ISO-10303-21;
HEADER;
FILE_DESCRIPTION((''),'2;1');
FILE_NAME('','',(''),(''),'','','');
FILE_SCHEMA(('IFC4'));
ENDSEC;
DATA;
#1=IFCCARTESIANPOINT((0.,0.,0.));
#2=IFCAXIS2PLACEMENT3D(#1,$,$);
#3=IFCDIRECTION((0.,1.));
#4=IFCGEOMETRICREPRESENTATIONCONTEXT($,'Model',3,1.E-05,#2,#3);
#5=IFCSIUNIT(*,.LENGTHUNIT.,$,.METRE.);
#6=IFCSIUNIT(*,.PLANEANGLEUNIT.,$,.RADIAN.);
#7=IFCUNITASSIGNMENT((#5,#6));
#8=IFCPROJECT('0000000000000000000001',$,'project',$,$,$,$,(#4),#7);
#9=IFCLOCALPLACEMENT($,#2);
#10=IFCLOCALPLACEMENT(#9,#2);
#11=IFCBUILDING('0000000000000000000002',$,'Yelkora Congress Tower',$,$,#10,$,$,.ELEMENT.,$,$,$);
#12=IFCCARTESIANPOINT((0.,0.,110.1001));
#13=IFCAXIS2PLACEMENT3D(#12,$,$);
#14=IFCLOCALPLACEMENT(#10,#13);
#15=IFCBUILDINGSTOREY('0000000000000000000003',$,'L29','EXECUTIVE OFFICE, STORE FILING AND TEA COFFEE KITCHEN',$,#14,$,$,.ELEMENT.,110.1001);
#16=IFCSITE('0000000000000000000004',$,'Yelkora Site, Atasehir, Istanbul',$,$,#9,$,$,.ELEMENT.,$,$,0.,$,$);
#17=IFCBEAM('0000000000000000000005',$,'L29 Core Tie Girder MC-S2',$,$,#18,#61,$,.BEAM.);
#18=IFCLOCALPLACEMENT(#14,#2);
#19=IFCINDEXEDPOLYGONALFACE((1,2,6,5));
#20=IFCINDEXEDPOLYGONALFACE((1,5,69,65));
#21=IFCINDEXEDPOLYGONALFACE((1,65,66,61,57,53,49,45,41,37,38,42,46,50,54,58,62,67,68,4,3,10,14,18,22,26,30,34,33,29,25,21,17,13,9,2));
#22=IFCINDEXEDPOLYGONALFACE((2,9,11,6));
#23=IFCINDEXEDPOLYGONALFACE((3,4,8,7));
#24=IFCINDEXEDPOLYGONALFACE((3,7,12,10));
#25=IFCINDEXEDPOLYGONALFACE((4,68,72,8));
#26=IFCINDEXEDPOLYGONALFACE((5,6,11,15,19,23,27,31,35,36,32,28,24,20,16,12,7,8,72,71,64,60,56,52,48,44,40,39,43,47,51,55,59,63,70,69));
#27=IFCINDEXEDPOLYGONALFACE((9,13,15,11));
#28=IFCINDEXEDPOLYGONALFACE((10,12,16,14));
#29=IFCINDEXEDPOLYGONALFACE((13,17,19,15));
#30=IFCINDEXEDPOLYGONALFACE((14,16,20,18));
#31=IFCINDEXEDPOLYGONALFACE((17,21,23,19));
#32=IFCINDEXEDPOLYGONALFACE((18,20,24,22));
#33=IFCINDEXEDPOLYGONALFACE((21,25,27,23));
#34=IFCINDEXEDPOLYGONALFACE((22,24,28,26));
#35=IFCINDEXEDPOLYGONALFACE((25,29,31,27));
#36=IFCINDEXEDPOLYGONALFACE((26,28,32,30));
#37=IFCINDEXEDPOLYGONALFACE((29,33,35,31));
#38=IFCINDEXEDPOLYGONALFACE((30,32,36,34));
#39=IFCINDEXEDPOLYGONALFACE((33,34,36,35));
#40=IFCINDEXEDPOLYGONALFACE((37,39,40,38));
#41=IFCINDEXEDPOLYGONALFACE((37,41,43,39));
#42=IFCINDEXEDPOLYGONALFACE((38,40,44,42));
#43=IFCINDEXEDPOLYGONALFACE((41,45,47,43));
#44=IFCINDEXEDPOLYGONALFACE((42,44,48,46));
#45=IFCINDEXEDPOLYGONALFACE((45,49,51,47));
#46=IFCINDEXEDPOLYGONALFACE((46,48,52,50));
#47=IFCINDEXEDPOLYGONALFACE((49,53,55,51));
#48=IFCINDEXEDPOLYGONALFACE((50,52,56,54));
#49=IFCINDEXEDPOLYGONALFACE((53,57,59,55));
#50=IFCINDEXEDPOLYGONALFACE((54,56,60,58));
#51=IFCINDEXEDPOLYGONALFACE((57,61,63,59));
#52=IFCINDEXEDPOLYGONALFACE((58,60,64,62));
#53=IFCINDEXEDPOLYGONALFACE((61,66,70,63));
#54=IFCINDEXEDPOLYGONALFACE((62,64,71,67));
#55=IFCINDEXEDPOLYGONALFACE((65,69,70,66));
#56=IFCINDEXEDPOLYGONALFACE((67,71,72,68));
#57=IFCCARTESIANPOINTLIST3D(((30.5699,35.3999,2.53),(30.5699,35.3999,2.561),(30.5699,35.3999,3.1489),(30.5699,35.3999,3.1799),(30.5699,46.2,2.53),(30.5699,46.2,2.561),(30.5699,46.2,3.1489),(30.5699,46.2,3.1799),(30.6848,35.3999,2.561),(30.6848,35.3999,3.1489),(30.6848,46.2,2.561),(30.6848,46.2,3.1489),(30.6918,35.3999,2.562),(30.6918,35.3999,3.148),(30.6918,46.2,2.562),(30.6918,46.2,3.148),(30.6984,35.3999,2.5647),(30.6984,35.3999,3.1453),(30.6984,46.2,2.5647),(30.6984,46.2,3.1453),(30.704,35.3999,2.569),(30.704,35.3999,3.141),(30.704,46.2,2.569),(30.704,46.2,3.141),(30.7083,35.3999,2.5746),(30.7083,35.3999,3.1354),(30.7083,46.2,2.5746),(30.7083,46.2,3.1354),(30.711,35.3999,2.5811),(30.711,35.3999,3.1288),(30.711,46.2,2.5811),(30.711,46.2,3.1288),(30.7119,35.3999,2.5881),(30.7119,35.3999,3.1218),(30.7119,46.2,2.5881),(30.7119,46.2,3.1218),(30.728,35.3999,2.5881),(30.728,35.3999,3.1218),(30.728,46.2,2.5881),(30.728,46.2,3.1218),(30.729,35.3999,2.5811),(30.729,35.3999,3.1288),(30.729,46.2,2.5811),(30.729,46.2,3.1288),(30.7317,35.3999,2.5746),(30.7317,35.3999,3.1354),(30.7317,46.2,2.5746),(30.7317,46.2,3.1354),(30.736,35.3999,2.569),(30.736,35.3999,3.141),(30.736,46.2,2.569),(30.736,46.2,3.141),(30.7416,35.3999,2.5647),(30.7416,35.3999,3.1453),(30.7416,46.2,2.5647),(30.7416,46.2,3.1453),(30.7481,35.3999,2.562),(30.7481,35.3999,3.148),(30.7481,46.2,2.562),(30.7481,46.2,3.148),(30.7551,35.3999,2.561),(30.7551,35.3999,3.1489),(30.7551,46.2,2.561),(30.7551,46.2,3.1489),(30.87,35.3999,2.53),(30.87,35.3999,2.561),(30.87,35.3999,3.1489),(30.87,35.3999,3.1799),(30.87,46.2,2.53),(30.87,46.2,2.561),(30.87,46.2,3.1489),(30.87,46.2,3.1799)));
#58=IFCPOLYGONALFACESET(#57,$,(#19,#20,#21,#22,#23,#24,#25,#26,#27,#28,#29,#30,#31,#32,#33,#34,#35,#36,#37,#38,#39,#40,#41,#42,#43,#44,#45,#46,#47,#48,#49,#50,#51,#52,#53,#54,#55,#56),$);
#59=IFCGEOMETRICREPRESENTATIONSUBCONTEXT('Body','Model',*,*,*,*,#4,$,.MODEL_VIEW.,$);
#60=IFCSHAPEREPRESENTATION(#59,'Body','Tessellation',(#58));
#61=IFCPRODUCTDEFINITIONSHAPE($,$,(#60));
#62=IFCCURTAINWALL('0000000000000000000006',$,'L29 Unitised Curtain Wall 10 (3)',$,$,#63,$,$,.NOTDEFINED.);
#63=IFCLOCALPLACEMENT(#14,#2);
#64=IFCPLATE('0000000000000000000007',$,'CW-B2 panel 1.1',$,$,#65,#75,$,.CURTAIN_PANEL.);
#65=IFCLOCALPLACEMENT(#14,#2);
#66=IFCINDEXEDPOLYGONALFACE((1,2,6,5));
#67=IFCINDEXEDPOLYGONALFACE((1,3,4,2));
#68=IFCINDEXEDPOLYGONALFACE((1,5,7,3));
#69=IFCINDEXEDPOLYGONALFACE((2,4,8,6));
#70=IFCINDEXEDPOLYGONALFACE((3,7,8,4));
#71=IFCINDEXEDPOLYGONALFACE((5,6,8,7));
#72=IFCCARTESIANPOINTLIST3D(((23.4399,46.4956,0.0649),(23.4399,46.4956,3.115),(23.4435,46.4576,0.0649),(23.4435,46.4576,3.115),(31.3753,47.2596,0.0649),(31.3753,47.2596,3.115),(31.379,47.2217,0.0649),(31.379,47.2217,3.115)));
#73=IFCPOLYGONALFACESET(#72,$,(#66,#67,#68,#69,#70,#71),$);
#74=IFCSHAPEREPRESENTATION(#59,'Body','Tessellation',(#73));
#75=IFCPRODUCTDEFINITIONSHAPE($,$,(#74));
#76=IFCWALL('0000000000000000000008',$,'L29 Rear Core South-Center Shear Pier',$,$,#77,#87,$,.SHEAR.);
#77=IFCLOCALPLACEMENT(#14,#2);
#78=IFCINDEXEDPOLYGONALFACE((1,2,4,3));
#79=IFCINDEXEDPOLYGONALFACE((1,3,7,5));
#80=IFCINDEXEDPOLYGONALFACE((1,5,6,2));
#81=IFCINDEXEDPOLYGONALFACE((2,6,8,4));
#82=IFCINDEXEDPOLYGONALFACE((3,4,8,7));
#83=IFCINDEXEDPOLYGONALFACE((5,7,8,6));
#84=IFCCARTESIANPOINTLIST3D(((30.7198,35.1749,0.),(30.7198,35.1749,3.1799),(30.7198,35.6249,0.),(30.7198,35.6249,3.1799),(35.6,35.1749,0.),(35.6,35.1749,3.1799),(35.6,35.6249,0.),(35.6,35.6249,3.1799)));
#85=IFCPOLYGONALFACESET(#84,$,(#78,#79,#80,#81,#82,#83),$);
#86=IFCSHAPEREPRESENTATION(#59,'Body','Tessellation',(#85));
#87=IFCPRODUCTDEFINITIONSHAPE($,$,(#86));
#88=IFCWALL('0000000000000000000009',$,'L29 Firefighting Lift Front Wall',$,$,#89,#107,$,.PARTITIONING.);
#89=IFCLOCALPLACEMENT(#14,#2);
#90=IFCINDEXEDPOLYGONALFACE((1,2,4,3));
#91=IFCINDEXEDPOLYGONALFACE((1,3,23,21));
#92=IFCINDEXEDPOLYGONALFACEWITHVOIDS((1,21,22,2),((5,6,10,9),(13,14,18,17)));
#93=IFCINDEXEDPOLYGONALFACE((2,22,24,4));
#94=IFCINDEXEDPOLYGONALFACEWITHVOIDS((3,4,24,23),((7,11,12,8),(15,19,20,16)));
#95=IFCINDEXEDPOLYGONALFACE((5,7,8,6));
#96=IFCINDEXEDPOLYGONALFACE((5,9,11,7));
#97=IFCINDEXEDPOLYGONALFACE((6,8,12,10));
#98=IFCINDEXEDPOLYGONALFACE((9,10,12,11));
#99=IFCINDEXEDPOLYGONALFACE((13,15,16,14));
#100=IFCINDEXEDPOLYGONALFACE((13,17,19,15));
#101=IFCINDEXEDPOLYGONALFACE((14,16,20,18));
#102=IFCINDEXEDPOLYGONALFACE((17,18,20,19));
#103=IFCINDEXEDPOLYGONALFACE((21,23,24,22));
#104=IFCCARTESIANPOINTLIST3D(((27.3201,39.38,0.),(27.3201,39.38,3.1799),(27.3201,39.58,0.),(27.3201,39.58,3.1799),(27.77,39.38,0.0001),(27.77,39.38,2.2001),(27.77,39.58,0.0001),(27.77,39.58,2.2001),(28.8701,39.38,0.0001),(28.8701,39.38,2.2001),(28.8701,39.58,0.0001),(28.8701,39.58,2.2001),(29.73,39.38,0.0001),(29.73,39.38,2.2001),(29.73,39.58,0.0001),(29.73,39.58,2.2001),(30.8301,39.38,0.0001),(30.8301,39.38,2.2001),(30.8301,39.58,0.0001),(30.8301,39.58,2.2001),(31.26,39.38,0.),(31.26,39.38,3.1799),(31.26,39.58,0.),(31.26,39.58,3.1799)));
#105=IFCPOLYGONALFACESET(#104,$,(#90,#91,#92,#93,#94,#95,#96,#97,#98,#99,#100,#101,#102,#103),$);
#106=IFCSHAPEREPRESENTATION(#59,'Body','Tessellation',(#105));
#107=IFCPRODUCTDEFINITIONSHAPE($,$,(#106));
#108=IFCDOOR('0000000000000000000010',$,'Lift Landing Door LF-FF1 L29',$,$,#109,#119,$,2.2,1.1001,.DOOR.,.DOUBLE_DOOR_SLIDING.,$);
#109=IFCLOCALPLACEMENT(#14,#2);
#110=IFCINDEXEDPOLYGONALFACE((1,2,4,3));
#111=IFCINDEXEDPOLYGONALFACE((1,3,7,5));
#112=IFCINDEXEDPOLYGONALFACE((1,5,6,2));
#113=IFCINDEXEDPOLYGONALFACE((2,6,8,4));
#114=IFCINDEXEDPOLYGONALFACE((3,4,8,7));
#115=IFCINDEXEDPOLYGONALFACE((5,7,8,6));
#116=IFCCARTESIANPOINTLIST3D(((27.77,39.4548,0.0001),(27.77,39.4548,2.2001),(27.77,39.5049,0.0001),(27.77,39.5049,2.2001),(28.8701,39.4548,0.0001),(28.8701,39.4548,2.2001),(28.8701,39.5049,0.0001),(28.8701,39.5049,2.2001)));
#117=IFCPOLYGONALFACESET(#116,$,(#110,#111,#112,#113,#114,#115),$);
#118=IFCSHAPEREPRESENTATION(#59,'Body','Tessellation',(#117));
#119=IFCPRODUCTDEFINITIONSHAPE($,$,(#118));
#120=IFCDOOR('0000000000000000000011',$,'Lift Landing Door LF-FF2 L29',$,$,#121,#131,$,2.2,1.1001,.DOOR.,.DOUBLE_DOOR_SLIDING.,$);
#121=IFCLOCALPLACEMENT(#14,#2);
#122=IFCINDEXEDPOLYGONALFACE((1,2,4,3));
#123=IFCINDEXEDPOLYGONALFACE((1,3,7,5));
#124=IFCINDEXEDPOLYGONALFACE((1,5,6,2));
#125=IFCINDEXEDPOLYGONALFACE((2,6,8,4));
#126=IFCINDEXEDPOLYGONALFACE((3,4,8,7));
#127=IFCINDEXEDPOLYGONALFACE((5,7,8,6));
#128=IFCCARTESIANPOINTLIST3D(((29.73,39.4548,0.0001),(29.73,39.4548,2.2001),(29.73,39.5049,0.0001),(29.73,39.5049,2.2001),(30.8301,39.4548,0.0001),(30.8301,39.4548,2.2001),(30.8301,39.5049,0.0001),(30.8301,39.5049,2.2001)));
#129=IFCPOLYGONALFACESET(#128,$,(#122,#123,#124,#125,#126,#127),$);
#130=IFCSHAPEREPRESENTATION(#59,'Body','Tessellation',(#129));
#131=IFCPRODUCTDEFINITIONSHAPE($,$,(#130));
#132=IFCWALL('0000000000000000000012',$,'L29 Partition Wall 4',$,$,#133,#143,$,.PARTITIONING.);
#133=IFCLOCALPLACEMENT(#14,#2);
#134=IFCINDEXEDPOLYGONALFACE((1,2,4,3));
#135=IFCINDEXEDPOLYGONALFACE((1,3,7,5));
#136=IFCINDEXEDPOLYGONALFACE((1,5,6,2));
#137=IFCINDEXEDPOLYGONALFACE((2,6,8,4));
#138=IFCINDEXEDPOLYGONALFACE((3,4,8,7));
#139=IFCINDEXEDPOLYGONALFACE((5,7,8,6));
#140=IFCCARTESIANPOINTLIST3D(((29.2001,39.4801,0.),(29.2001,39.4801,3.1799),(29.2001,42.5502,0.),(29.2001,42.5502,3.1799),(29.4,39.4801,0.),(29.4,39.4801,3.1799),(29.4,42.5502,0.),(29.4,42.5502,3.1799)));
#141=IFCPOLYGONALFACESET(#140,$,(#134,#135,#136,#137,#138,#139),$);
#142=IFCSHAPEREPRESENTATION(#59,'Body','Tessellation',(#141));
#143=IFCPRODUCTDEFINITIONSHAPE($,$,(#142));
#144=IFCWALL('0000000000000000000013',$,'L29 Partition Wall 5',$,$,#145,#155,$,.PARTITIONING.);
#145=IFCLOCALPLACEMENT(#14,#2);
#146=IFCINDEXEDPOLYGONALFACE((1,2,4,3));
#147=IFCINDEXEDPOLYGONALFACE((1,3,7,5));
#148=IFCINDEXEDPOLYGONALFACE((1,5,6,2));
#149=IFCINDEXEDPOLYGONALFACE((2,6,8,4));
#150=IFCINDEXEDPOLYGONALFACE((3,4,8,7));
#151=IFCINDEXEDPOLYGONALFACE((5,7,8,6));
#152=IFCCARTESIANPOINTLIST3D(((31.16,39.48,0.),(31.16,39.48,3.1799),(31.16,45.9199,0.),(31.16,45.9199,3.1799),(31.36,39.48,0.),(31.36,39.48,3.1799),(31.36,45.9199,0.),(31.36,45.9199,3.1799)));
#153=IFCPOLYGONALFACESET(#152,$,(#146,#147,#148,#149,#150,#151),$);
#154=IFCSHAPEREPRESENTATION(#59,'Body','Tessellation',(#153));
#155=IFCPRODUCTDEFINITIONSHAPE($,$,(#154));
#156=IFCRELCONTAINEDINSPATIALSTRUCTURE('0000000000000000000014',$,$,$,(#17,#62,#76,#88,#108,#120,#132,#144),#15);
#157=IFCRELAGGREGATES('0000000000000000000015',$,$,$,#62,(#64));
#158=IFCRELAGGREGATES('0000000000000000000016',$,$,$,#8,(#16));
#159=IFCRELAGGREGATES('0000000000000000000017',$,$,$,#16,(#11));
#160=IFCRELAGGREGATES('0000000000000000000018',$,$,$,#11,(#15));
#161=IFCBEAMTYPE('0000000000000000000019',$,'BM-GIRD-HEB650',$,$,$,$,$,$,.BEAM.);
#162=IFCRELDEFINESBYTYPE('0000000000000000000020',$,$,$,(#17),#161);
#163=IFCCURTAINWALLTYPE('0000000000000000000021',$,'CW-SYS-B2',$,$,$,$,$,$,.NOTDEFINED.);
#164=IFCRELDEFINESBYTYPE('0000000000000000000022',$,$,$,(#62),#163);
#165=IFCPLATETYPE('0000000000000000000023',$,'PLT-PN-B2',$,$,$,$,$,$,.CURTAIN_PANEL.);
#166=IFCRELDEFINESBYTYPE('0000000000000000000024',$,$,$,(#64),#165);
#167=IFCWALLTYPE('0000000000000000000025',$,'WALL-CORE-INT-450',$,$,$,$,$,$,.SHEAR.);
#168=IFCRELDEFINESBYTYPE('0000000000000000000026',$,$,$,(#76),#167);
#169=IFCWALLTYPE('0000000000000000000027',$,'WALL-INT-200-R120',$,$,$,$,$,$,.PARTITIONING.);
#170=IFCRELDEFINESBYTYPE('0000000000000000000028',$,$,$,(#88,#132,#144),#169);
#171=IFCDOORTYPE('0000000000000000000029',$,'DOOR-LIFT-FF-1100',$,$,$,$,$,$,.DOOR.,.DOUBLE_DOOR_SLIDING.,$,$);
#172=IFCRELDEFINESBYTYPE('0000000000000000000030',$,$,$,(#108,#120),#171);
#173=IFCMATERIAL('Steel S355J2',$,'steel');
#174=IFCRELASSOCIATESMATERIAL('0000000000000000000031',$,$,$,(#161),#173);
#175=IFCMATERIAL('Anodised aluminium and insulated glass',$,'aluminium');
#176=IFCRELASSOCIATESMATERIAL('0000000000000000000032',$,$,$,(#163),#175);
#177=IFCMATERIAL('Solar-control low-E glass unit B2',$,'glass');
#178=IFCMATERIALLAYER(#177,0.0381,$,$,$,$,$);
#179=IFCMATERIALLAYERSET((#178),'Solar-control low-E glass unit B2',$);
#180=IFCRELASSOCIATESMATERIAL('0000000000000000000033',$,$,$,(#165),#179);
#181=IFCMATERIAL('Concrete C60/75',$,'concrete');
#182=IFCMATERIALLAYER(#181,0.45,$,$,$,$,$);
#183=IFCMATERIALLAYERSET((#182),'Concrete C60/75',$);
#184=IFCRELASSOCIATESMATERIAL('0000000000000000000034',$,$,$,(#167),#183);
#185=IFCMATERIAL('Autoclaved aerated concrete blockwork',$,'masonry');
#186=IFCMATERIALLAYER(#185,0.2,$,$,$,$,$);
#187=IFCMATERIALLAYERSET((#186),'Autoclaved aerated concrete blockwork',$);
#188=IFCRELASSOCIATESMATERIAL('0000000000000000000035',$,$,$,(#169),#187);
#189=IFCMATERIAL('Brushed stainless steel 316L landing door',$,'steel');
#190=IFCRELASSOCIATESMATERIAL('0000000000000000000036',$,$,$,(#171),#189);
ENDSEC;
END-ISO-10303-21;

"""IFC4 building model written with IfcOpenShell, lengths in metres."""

from ifc_helpers import new_model, si_unit, direction, frame, frame_2d, origin, origin_2d, place, context, subcontext, project, spatial, rectangle, i_section, extrude, material, layer, layer_set, material_profile, profile_set, type_object, element, fill, aggregate, save


model = new_model("IFC4")

# Units and contexts
model_context = context("Model", 3, precision=1e-05, world=origin(), true_north=direction((0.0, 1.0)))
body_context = subcontext(model_context, "Body", "Model", "MODEL_VIEW")
ifc_project = project(units=[si_unit("LENGTHUNIT", "METRE"), si_unit("PLANEANGLEUNIT", "RADIAN")], contexts=[model_context])

# Site, building, storey
site_placement = place(None, origin())
site = spatial("IfcSite", under=ifc_project, at=site_placement, Name="Yelkora Site, Atasehir, Istanbul", CompositionType="ELEMENT", RefElevation=0.0)
building_placement = place(site_placement, origin())
building = spatial("IfcBuilding", under=site, at=building_placement, Name="Yelkora Congress Tower", CompositionType="ELEMENT")
storey_placement = place(building_placement, frame((0.0, 0.0, 110.1001)))
storey = spatial("IfcBuildingStorey", under=building, at=storey_placement, Name="L29", Description="EXECUTIVE OFFICE, STORE FILING AND TEA COFFEE KITCHEN", CompositionType="ELEMENT", Elevation=110.1001)

# Beam
ifc_material_1 = material(Name="Steel S355J2", Category="steel")
ifc_material_profile_1 = material_profile(ifc_material_1, i_section(OverallWidth=0.3, OverallDepth=0.6499, WebThickness=0.0161, FlangeThickness=0.031, FilletRadius=0.0271, at=origin_2d()), Name="HEB 650")
ifc_profile_set_1 = profile_set([ifc_material_profile_1], Name="Steel S355J2")
beam_type = type_object("IfcBeamType", Name="BM-GIRD-HEB650", PredefinedType="BEAM", material=ifc_profile_set_1)
beam_placement = place(storey_placement, frame((30.72, 35.3999, 2.855), z_axis=(0.0, 1.0, 0.0), x_axis=(-1.0, 0.0, 0.0)))
element("IfcBeam", 1, at=beam_placement, inside=storey, type_object=beam_type, Name="L29 Core Tie Girder MC-S2", PredefinedType="BEAM", context=body_context, shape_type="SweptSolid", body=[
    extrude(i_section(OverallWidth=0.3, OverallDepth=0.6499, WebThickness=0.0161, FlangeThickness=0.031, FilletRadius=0.0271, at=origin_2d()), origin(), (0.0, 0.0, 1.0), 10.8),
])

# Curtain wall, plate
ifc_material_2 = material(Name="Anodised aluminium and insulated glass", Category="aluminium")
curtain_wall_type = type_object("IfcCurtainWallType", Name="CW-SYS-B2", PredefinedType="NOTDEFINED", material=ifc_material_2)
curtain_wall_placement = place(storey_placement, origin())
curtain_wall = element("IfcCurtainWall", 2, at=curtain_wall_placement, inside=storey, type_object=curtain_wall_type, Name="L29 Unitised Curtain Wall 10 (3)", PredefinedType="NOTDEFINED")
ifc_material_3 = material(Name="Solar-control low-E glass unit B2", Category="glass")
ifc_layer_1 = layer(ifc_material_3, 0.0381)
ifc_layer_set_1 = layer_set([ifc_layer_1], Name="Solar-control low-E glass unit B2")
plate_type = type_object("IfcPlateType", Name="PLT-PN-B2", PredefinedType="CURTAIN_PANEL", material=ifc_layer_set_1)
plate_placement = place(storey_placement, frame((27.4094, 46.8586, 0.0649), z_axis=(0.0, 0.0, 1.0), x_axis=(0.995396, 0.095844, 0.0)))
plate = element("IfcPlate", 3, at=plate_placement, type_object=plate_type, Name="CW-B2 panel 1.1", PredefinedType="CURTAIN_PANEL", context=body_context, shape_type="SweptSolid", body=[
    extrude(rectangle(XDim=7.9722, YDim=0.0381, at=origin_2d()), origin(), (0.0, 0.0, 1.0), 3.05),
])
aggregate(curtain_wall, [plate])

# Wall
ifc_material_4 = material(Name="Concrete C60/75", Category="concrete")
ifc_layer_2 = layer(ifc_material_4, 0.45)
ifc_layer_set_2 = layer_set([ifc_layer_2], Name="Concrete C60/75")
wall_type_1 = type_object("IfcWallType", Name="WALL-CORE-INT-450", PredefinedType="SHEAR", material=ifc_layer_set_2)
wall_1_placement = place(storey_placement, frame((30.72, 35.3999, 0.0), z_axis=(0.0, 0.0, 1.0), x_axis=(1.0, 0.0, 0.0)))
element("IfcWall", 4, at=wall_1_placement, inside=storey, type_object=wall_type_1, Name="L29 Rear Core South-Center Shear Pier", PredefinedType="SHEAR", context=body_context, shape_type="SweptSolid", body=[
    extrude(rectangle(XDim=4.8801, YDim=0.45, at=frame_2d((2.4399, 0.0))), origin(), (0.0, 0.0, 1.0), 3.1799),
])

# Shared definitions
ifc_material_5 = material(Name="Autoclaved aerated concrete blockwork", Category="masonry")
ifc_layer_3 = layer(ifc_material_5, 0.2)
ifc_layer_set_3 = layer_set([ifc_layer_3], Name="Autoclaved aerated concrete blockwork")
wall_type_2 = type_object("IfcWallType", Name="WALL-INT-200-R120", PredefinedType="PARTITIONING", material=ifc_layer_set_3)

# Wall, openings, doors
wall_2_placement = place(storey_placement, frame((27.3201, 39.48, 0.0), z_axis=(0.0, 0.0, 1.0), x_axis=(1.0, 0.0, 0.0)))
wall_2 = element("IfcWall", 5, at=wall_2_placement, inside=storey, type_object=wall_type_2, Name="L29 Firefighting Lift Front Wall", PredefinedType="PARTITIONING", context=body_context, shape_type="SweptSolid", body=[
    extrude(rectangle(XDim=3.9399, YDim=0.2, at=frame_2d((1.97, 0.0))), origin(), (0.0, 0.0, 1.0), 3.1799),
])
opening_1_placement = place(wall_2_placement, frame((0.45, 0.0, 0.0)))
opening_1 = element("IfcOpeningElement", 6, at=opening_1_placement, cuts=wall_2, PredefinedType="OPENING", context=body_context, shape_type="SweptSolid", body=[
    extrude(rectangle(XDim=1.1001, YDim=2.2, at=frame_2d((0.55, 1.1001))), frame((0.0, 0.1099, 0.0), z_axis=(0.0, -1.0, 0.0), x_axis=(1.0, 0.0, 0.0)), (0.0, 0.0, 1.0), 0.22),
])
opening_2_placement = place(wall_2_placement, frame((2.4099, 0.0, 0.0)))
opening_2 = element("IfcOpeningElement", 7, at=opening_2_placement, cuts=wall_2, PredefinedType="OPENING", context=body_context, shape_type="SweptSolid", body=[
    extrude(rectangle(XDim=1.1001, YDim=2.2, at=frame_2d((0.55, 1.1001))), frame((0.0, 0.1099, 0.0), z_axis=(0.0, -1.0, 0.0), x_axis=(1.0, 0.0, 0.0)), (0.0, 0.0, 1.0), 0.22),
])
ifc_material_6 = material(Name="Brushed stainless steel 316L landing door", Category="steel")
door_type_1 = type_object("IfcDoorType", Name="DOOR-LIFT-FF-1100", OperationType="DOUBLE_DOOR_SLIDING", PredefinedType="DOOR", material=ifc_material_6)
door_1_placement = place(opening_1_placement, origin())
door_1 = element("IfcDoor", 8, at=door_1_placement, inside=storey, type_object=door_type_1, Name="Lift Landing Door LF-FF1 L29", OperationType="DOUBLE_DOOR_SLIDING", OverallHeight=2.2, OverallWidth=1.1001, PredefinedType="DOOR", context=body_context, shape_type="SweptSolid", body=[
    extrude(rectangle(XDim=1.1001, YDim=2.2, at=frame_2d((0.55, 1.1001))), frame((0.0, 0.0249, 0.0), z_axis=(0.0, -1.0, 0.0), x_axis=(1.0, 0.0, 0.0)), (0.0, 0.0, 1.0), 0.05),
])
fill(opening_1, door_1)
door_2_placement = place(opening_2_placement, origin())
door_2 = element("IfcDoor", 9, at=door_2_placement, inside=storey, type_object=door_type_1, Name="Lift Landing Door LF-FF2 L29", OperationType="DOUBLE_DOOR_SLIDING", OverallHeight=2.2, OverallWidth=1.1001, PredefinedType="DOOR", context=body_context, shape_type="SweptSolid", body=[
    extrude(rectangle(XDim=1.1001, YDim=2.2, at=frame_2d((0.55, 1.1001))), frame((0.0, 0.0249, 0.0), z_axis=(0.0, -1.0, 0.0), x_axis=(1.0, 0.0, 0.0)), (0.0, 0.0, 1.0), 0.05),
])
fill(opening_2, door_2)

# Walls
wall_3_placement = place(storey_placement, frame((29.3, 39.48, 0.0), z_axis=(0.0, 0.0, 1.0), x_axis=(0.0, 1.0, 0.0)))
element("IfcWall", 10, at=wall_3_placement, inside=storey, type_object=wall_type_2, Name="L29 Partition Wall 4", PredefinedType="PARTITIONING", context=body_context, shape_type="SweptSolid", body=[
    extrude(rectangle(XDim=3.0701, YDim=0.2, at=frame_2d((1.5352, 0.0))), origin(), (0.0, 0.0, 1.0), 3.1799),
])
wall_4_placement = place(storey_placement, frame((31.26, 39.48, 0.0), z_axis=(0.0, 0.0, 1.0), x_axis=(0.0, 1.0, 0.0)))
element("IfcWall", 11, at=wall_4_placement, inside=storey, type_object=wall_type_2, Name="L29 Partition Wall 5", PredefinedType="PARTITIONING", context=body_context, shape_type="SweptSolid", body=[
    extrude(rectangle(XDim=6.4399, YDim=0.2, at=frame_2d((3.22, 0.0))), origin(), (0.0, 0.0, 1.0), 3.1799),
])

save(model, "model.ifc")
